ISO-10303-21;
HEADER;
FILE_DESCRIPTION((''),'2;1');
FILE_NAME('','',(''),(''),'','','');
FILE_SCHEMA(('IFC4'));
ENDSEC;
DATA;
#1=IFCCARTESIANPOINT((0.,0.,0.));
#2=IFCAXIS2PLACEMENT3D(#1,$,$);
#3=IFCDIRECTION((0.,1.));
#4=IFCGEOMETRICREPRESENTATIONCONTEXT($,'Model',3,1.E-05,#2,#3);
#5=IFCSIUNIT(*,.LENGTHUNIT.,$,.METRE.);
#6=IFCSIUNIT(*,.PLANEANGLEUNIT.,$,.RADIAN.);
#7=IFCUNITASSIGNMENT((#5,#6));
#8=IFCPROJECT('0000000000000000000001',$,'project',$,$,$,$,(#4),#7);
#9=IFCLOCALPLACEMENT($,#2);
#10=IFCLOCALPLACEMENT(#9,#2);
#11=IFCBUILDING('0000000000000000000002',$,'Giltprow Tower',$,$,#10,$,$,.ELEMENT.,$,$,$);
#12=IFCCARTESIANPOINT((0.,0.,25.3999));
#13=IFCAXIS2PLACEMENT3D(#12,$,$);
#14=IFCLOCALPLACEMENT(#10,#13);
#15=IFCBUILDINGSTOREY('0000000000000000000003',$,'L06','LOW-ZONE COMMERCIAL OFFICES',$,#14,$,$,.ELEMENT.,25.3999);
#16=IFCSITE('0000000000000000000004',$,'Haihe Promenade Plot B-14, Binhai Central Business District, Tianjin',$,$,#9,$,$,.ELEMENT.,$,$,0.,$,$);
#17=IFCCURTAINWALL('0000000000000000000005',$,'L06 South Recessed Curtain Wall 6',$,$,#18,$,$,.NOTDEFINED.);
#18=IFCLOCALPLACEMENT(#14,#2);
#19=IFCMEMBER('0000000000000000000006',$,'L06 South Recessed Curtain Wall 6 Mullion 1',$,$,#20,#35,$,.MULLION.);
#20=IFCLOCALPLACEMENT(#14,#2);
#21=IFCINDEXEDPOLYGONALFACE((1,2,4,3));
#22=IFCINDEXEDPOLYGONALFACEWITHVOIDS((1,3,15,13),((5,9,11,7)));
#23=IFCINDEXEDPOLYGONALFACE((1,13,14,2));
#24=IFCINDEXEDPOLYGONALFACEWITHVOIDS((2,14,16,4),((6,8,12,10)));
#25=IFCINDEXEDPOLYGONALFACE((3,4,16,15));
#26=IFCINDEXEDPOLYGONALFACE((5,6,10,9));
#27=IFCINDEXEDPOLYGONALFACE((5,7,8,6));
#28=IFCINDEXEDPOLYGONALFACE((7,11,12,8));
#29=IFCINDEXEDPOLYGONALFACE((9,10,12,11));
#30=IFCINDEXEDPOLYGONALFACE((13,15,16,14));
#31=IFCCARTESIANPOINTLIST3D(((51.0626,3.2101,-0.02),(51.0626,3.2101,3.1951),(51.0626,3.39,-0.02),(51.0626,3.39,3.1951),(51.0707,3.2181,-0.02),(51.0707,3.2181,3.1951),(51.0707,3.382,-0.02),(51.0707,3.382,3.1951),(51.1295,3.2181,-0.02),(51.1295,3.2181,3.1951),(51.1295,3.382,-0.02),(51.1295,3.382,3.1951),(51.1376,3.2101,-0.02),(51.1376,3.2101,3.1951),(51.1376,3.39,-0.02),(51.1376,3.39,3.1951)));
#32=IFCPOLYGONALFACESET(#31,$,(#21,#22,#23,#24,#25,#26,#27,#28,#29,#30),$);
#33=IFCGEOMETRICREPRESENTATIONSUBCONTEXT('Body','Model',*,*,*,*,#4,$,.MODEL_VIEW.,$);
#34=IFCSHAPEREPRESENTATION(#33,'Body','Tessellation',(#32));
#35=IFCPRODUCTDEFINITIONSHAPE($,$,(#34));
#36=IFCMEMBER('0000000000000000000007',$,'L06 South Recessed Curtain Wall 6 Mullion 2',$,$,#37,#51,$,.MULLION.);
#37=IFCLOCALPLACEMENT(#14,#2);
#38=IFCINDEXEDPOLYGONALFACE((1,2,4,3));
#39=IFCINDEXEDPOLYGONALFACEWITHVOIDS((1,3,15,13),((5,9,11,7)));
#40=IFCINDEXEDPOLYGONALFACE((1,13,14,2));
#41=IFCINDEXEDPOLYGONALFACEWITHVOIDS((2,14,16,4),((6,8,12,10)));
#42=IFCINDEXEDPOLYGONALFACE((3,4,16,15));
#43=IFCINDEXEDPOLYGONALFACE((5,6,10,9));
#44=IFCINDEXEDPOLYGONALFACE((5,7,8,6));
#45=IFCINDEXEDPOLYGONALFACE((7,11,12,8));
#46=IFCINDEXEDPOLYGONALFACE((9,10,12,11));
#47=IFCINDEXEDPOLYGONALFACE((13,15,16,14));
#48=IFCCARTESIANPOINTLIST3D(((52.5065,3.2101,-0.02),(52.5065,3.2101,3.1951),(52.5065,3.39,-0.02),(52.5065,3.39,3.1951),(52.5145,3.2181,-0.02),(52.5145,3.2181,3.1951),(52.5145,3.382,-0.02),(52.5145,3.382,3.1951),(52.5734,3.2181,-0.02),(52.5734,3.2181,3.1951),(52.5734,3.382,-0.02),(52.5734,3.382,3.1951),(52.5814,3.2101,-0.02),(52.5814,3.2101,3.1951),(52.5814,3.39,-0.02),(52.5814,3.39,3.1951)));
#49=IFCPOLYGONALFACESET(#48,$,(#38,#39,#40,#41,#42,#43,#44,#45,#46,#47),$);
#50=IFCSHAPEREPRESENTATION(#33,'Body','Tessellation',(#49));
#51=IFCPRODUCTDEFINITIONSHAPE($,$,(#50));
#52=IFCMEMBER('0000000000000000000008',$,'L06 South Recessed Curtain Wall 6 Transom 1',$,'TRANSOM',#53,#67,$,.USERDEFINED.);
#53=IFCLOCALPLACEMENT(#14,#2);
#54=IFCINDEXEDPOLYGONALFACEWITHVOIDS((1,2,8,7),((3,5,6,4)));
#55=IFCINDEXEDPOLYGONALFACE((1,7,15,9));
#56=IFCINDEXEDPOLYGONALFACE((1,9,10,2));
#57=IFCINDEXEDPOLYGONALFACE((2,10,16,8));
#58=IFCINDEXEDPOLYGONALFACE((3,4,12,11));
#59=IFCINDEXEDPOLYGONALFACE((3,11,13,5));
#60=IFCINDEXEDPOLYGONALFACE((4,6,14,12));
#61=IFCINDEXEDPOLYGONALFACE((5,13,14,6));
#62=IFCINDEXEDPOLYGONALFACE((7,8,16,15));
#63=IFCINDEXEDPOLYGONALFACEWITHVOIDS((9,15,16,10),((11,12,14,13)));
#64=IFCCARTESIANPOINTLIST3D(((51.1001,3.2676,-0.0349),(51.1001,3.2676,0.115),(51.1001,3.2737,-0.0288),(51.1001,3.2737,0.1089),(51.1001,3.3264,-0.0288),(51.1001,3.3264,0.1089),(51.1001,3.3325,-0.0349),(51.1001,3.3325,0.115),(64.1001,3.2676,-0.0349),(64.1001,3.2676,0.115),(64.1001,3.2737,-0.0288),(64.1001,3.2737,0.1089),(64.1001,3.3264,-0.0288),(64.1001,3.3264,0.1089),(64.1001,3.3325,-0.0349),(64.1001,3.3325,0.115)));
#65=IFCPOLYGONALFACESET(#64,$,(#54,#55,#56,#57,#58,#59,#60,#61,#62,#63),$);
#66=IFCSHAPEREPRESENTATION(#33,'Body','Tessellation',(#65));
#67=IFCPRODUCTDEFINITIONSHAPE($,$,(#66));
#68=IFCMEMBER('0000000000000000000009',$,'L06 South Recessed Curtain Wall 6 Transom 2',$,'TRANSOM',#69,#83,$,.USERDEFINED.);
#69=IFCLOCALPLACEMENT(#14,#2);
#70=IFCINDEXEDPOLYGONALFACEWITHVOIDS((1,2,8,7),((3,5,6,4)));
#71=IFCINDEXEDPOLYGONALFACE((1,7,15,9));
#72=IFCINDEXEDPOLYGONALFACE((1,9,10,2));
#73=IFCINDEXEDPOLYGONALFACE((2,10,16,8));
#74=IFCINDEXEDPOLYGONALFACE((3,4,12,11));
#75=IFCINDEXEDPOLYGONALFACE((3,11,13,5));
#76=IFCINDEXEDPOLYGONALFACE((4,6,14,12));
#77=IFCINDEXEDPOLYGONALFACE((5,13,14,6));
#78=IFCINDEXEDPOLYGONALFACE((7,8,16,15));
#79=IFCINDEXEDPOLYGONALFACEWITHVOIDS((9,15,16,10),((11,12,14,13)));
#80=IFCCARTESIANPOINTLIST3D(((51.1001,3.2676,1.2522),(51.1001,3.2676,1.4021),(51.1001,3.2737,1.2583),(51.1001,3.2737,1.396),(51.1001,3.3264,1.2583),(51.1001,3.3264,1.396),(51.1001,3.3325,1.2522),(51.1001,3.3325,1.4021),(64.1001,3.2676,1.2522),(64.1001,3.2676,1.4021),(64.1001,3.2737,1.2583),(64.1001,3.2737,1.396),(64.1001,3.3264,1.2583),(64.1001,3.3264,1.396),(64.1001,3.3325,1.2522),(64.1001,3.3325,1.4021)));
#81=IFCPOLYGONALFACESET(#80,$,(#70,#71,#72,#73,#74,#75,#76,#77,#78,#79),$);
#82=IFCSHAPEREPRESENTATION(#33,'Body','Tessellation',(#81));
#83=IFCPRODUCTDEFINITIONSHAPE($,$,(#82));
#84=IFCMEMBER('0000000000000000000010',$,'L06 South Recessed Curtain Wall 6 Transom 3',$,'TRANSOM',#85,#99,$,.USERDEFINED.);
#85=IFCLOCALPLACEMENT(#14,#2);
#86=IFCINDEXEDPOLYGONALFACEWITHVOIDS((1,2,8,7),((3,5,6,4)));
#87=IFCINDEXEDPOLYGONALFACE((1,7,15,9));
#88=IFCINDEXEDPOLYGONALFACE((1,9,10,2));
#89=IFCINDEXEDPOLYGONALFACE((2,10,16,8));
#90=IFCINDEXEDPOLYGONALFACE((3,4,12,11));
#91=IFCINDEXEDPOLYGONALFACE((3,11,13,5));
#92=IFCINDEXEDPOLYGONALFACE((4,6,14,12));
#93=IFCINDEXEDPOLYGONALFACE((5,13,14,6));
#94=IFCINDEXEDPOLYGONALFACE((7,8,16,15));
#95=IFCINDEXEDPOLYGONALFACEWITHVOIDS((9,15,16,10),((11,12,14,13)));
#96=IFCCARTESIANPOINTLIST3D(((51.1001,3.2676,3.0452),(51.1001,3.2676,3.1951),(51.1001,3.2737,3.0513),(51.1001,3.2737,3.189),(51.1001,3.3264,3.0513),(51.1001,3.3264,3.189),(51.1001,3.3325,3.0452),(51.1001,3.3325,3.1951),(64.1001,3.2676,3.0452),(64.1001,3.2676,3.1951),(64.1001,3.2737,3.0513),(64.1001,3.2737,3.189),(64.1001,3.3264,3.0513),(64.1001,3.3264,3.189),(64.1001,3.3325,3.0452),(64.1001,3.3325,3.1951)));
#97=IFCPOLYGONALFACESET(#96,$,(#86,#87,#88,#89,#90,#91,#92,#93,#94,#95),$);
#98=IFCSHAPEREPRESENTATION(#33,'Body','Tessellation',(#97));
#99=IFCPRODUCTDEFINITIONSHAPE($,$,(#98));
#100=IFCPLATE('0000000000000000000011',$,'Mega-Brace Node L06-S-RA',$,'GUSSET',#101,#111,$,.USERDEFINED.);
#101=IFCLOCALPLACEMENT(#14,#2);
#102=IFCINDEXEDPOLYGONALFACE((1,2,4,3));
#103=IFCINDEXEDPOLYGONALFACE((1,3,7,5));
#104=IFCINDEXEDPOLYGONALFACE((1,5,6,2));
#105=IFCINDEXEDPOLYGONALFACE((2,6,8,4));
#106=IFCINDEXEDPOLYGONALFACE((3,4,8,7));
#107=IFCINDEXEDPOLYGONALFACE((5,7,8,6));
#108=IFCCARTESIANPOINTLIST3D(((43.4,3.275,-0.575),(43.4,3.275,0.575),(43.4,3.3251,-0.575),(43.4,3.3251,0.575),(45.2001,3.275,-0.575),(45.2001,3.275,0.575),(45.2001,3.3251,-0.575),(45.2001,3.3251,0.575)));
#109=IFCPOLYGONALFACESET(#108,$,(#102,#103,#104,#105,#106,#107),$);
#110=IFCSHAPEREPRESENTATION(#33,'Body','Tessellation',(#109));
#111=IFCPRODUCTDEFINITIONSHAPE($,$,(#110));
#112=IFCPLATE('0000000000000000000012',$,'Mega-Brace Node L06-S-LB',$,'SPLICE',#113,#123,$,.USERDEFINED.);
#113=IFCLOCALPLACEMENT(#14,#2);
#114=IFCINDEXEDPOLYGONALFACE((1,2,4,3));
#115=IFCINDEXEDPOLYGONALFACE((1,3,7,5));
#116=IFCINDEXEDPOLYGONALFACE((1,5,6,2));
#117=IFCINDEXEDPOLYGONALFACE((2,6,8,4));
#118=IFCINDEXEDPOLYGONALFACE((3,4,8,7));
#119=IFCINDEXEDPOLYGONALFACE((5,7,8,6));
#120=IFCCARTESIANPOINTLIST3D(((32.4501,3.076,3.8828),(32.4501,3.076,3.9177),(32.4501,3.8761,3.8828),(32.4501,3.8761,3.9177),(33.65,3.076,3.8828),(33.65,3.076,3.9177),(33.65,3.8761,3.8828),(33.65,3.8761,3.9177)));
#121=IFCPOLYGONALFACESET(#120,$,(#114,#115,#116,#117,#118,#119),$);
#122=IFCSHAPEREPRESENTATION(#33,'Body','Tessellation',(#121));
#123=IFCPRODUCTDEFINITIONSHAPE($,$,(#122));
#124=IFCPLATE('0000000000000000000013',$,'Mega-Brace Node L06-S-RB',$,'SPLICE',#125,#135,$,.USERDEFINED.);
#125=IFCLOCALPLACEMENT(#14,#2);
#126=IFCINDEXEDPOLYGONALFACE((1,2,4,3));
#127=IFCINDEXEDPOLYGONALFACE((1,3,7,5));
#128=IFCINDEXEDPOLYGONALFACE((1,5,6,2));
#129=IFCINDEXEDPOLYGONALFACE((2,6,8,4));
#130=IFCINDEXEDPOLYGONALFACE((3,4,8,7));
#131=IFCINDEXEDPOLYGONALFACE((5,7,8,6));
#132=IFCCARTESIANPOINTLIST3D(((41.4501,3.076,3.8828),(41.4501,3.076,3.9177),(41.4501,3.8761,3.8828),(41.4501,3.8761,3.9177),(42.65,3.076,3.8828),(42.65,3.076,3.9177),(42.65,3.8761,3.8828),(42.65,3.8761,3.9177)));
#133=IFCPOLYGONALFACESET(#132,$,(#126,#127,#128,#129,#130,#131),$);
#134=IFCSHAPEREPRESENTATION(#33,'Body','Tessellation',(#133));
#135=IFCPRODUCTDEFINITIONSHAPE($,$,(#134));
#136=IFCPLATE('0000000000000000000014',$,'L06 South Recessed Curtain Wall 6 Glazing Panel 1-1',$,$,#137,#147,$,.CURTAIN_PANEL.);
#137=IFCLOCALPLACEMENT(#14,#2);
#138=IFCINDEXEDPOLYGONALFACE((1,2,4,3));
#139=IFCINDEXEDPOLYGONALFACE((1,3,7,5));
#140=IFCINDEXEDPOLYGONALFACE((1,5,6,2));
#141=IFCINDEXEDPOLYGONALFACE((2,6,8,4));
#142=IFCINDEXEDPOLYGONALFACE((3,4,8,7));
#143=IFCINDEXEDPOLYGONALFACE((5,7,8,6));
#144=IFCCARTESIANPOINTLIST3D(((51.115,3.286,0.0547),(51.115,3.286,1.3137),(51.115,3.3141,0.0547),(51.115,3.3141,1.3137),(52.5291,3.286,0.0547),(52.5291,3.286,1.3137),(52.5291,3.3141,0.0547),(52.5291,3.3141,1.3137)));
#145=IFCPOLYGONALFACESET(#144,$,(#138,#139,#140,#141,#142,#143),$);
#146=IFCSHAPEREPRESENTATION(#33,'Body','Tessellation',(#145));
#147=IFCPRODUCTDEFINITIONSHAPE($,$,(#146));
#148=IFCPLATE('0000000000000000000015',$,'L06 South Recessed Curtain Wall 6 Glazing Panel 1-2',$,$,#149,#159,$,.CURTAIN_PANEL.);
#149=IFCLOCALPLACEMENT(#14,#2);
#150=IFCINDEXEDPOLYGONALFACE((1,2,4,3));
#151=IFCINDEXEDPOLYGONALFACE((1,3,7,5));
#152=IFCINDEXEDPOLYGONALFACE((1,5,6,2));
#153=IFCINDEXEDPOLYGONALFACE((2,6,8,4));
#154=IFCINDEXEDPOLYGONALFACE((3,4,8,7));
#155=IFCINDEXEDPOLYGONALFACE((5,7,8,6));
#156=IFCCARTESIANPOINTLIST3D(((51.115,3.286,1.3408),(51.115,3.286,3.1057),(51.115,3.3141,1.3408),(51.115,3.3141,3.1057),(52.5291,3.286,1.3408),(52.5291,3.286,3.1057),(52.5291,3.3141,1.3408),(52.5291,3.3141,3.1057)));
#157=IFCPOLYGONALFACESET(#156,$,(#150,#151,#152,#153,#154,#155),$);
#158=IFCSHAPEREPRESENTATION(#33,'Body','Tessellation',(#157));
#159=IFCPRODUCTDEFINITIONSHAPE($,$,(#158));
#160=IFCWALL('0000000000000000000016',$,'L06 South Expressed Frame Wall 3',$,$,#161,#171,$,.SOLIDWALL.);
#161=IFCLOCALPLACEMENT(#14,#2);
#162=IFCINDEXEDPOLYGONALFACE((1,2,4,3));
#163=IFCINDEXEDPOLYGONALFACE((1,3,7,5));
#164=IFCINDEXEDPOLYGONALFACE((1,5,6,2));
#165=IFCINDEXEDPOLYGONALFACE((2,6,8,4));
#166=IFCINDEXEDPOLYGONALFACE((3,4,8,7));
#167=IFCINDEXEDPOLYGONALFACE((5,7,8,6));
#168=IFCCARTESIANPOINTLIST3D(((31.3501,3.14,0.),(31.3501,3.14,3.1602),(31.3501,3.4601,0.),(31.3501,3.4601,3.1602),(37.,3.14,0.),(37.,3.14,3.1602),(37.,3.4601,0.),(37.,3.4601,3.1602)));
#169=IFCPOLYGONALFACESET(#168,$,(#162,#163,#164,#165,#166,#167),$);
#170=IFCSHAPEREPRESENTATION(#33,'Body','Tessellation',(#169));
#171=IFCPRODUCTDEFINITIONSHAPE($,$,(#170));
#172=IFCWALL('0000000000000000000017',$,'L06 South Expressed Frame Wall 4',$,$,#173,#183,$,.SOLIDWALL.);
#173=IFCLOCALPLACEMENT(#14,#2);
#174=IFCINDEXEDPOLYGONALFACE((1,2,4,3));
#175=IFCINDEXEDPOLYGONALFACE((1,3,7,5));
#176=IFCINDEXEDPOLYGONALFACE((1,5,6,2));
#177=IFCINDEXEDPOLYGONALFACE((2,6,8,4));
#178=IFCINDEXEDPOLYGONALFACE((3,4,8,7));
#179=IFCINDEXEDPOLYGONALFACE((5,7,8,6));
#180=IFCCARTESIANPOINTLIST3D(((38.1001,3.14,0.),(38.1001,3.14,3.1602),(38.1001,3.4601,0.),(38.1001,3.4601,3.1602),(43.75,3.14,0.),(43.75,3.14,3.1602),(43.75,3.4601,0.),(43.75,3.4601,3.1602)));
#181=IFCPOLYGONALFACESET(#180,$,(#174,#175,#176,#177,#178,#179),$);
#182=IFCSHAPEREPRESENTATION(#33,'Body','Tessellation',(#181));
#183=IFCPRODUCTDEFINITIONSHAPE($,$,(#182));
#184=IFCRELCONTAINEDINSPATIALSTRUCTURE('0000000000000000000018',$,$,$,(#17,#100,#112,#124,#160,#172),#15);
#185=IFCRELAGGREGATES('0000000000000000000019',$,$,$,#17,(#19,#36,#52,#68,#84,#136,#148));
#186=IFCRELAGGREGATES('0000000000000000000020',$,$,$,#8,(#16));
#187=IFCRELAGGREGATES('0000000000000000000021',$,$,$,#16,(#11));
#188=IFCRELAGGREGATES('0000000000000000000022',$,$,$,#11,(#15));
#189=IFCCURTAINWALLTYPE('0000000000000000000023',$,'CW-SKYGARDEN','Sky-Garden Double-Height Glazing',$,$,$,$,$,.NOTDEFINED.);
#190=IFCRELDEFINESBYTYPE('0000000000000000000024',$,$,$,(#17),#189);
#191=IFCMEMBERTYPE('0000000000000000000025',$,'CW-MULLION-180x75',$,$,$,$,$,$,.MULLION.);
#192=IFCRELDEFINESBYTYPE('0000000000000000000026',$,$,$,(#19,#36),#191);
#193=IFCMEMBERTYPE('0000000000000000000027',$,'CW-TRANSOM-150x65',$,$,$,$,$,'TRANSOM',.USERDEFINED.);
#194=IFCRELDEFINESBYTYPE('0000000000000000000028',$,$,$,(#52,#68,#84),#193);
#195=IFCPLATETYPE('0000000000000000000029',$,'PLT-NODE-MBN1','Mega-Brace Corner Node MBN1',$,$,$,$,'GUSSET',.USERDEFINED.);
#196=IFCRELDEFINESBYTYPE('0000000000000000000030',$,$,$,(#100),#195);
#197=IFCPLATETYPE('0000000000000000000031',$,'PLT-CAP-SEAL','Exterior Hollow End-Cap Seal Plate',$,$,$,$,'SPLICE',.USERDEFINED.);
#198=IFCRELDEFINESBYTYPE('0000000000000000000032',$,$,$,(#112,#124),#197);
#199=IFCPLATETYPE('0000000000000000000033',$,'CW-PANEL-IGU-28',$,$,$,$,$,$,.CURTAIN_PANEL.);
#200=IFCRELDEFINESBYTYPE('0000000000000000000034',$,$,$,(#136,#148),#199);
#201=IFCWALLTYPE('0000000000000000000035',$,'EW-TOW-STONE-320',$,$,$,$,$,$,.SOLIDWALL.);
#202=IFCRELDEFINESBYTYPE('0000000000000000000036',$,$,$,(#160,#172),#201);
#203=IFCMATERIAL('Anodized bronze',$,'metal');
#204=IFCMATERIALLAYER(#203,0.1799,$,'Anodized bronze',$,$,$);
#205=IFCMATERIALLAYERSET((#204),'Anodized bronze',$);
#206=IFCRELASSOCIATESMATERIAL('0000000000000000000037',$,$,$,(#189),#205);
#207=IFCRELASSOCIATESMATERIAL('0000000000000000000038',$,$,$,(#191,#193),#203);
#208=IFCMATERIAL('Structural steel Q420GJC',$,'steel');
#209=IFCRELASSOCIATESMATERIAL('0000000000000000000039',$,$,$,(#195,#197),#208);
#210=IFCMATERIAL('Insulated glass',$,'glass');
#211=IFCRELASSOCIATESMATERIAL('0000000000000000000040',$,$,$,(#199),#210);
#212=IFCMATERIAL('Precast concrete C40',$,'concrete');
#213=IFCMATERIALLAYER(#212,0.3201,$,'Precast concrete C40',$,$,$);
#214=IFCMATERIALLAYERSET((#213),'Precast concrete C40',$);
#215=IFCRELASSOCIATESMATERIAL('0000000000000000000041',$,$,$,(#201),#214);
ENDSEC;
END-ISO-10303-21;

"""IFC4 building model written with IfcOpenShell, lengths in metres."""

from ifc_helpers import new_model, si_unit, direction, frame, frame_2d, origin, origin_2d, place, context, subcontext, project, spatial, rectangle, hollow_rectangle, extrude, source, transform, mapped, material, layer, layer_set, material_profile, profile_set, type_object, element, aggregate, save


model = new_model("IFC4")

# Units and contexts
model_context = context("Model", 3, precision=1e-05, world=origin(), true_north=direction((0.0, 1.0)))
body_context = subcontext(model_context, "Body", "Model", "MODEL_VIEW")
ifc_project = project(units=[si_unit("LENGTHUNIT", "METRE"), si_unit("PLANEANGLEUNIT", "RADIAN")], contexts=[model_context])

# Site, building, storey
site_placement = place(None, origin())
site = spatial("IfcSite", under=ifc_project, at=site_placement, Name="Haihe Promenade Plot B-14, Binhai Central Business District, Tianjin", CompositionType="ELEMENT", RefElevation=0.0)
building_placement = place(site_placement, origin())
building = spatial("IfcBuilding", under=site, at=building_placement, Name="Giltprow Tower", CompositionType="ELEMENT")
storey_placement = place(building_placement, frame((0.0, 0.0, 25.3999)))
storey = spatial("IfcBuildingStorey", under=building, at=storey_placement, Name="L06", Description="LOW-ZONE COMMERCIAL OFFICES", CompositionType="ELEMENT", Elevation=25.3999)

# Shared definitions
ifc_material_1 = material(Name="Structural steel Q420GJC", Category="steel")

# Curtain wall, members
ifc_material_2 = material(Name="Anodized bronze", Category="metal")
ifc_layer_1 = layer(ifc_material_2, 0.1799, Name="Anodized bronze")
ifc_layer_set_1 = layer_set([ifc_layer_1], Name="Anodized bronze")
curtain_wall_type = type_object("IfcCurtainWallType", Name="CW-SKYGARDEN", Description="Sky-Garden Double-Height Glazing", PredefinedType="NOTDEFINED", material=ifc_layer_set_1)
curtain_wall_placement = place(storey_placement, origin())
curtain_wall = element("IfcCurtainWall", 1, at=curtain_wall_placement, inside=storey, type_object=curtain_wall_type, Name="L06 South Recessed Curtain Wall 6", PredefinedType="NOTDEFINED")
ifc_material_profile_1 = material_profile(ifc_material_2, hollow_rectangle(XDim=0.075, YDim=0.1799, WallThickness=0.0081, at=origin_2d()), Name="RHS 180x75x8")
ifc_profile_set_1 = profile_set([ifc_material_profile_1], Name="Anodized bronze")
member_type_1 = type_object("IfcMemberType", Name="CW-MULLION-180x75", PredefinedType="MULLION", material=ifc_profile_set_1)
shared_shape_1 = source(origin(), body_context, "Body", "SweptSolid", [
    extrude(hollow_rectangle(XDim=0.075, YDim=0.1799, WallThickness=0.0081, at=origin_2d()), origin(), (0.0, 0.0, 1.0), 3.2151),
])
member_1_placement = place(storey_placement, frame((51.1001, 3.3, -0.02), z_axis=(0.0, 0.0, 1.0), x_axis=(1.0, 0.0, 0.0)))
member_1 = element("IfcMember", 2, at=member_1_placement, type_object=member_type_1, Name="L06 South Recessed Curtain Wall 6 Mullion 1", PredefinedType="MULLION", context=body_context, shape_type="MappedRepresentation", body=[
    mapped(shared_shape_1, transform((0.0, 0.0, 0.0), x_axis=(1.0, 0.0, 0.0), y_axis=(0.0, 1.0, 0.0), z_axis=(0.0, 0.0, 1.0), scale=1.0)),
])
member_2_placement = place(storey_placement, frame((52.5439, 3.3, -0.02), z_axis=(0.0, 0.0, 1.0), x_axis=(1.0, 0.0, 0.0)))
member_2 = element("IfcMember", 3, at=member_2_placement, type_object=member_type_1, Name="L06 South Recessed Curtain Wall 6 Mullion 2", PredefinedType="MULLION", context=body_context, shape_type="MappedRepresentation", body=[
    mapped(shared_shape_1, transform((0.0, 0.0, 0.0), x_axis=(1.0, 0.0, 0.0), y_axis=(0.0, 1.0, 0.0), z_axis=(0.0, 0.0, 1.0), scale=1.0)),
])
ifc_material_profile_2 = material_profile(ifc_material_2, hollow_rectangle(XDim=0.0649, YDim=0.1499, WallThickness=0.0061, at=origin_2d()), Name="RHS 150x65x6")
ifc_profile_set_2 = profile_set([ifc_material_profile_2], Name="Anodized bronze")
member_type_2 = type_object("IfcMemberType", Name="CW-TRANSOM-150x65", ElementType="TRANSOM", PredefinedType="USERDEFINED", material=ifc_profile_set_2)
shared_shape_2 = source(origin(), body_context, "Body", "SweptSolid", [
    extrude(hollow_rectangle(XDim=0.0649, YDim=0.1499, WallThickness=0.0061, at=origin_2d()), origin(), (0.0, 0.0, 1.0), 13.0),
])
member_3_placement = place(storey_placement, frame((51.1001, 3.3, 0.04), z_axis=(1.0, 0.0, 0.0), x_axis=(0.0, 1.0, 0.0)))
member_3 = element("IfcMember", 4, at=member_3_placement, type_object=member_type_2, Name="L06 South Recessed Curtain Wall 6 Transom 1", ObjectType="TRANSOM", PredefinedType="USERDEFINED", context=body_context, shape_type="MappedRepresentation", body=[
    mapped(shared_shape_2, transform((0.0, 0.0, 0.0), x_axis=(1.0, 0.0, 0.0), y_axis=(0.0, 1.0, 0.0), z_axis=(0.0, 0.0, 1.0), scale=1.0)),
])
member_4_placement = place(storey_placement, frame((51.1001, 3.3, 1.3271), z_axis=(1.0, 0.0, 0.0), x_axis=(0.0, 1.0, 0.0)))
member_4 = element("IfcMember", 5, at=member_4_placement, type_object=member_type_2, Name="L06 South Recessed Curtain Wall 6 Transom 2", ObjectType="TRANSOM", PredefinedType="USERDEFINED", context=body_context, shape_type="MappedRepresentation", body=[
    mapped(shared_shape_2, transform((0.0, 0.0, 0.0), x_axis=(1.0, 0.0, 0.0), y_axis=(0.0, 1.0, 0.0), z_axis=(0.0, 0.0, 1.0), scale=1.0)),
])
member_5_placement = place(storey_placement, frame((51.1001, 3.3, 3.1201), z_axis=(1.0, 0.0, 0.0), x_axis=(0.0, 1.0, 0.0)))
member_5 = element("IfcMember", 6, at=member_5_placement, type_object=member_type_2, Name="L06 South Recessed Curtain Wall 6 Transom 3", ObjectType="TRANSOM", PredefinedType="USERDEFINED", context=body_context, shape_type="MappedRepresentation", body=[
    mapped(shared_shape_2, transform((0.0, 0.0, 0.0), x_axis=(1.0, 0.0, 0.0), y_axis=(0.0, 1.0, 0.0), z_axis=(0.0, 0.0, 1.0), scale=1.0)),
])

# Plates
plate_type_1 = type_object("IfcPlateType", Name="PLT-NODE-MBN1", Description="Mega-Brace Corner Node MBN1", ElementType="GUSSET", PredefinedType="USERDEFINED", material=ifc_material_1)
shared_shape_3 = source(origin(), body_context, "Body", "SweptSolid", [
    extrude(rectangle(XDim=1.8, YDim=0.05, at=origin_2d()), origin(), (0.0, 0.0, 1.0), 1.1499),
])
plate_1_placement = place(storey_placement, frame((44.3, 3.3, -0.575), z_axis=(0.0, 0.0, 1.0), x_axis=(1.0, 0.0, 0.0)))
element("IfcPlate", 7, at=plate_1_placement, inside=storey, type_object=plate_type_1, Name="Mega-Brace Node L06-S-RA", ObjectType="GUSSET", PredefinedType="USERDEFINED", context=body_context, shape_type="MappedRepresentation", body=[
    mapped(shared_shape_3, transform((0.0, 0.0, 0.0), x_axis=(1.0, 0.0, 0.0), y_axis=(0.0, 1.0, 0.0), z_axis=(0.0, 0.0, 1.0), scale=1.0)),
])
plate_type_2 = type_object("IfcPlateType", Name="PLT-CAP-SEAL", Description="Exterior Hollow End-Cap Seal Plate", ElementType="SPLICE", PredefinedType="USERDEFINED", material=ifc_material_1)
shared_shape_4 = source(origin(), body_context, "Body", "SweptSolid", [
    extrude(rectangle(XDim=1.2, YDim=0.8, at=origin_2d()), origin(), (0.0, 0.0, 1.0), 0.0349),
])
for number, where, z_axis, x_axis, name in (
    (8, (33.05, 3.4761, 3.8828), (0.0, 0.0, 1.0), (1.0, 0.0, 0.0), "Mega-Brace Node L06-S-LB"),
    (9, (42.05, 3.4761, 3.8828), (0.0, 0.0, 1.0), (1.0, 0.0, 0.0), "Mega-Brace Node L06-S-RB"),
):
    element("IfcPlate", number, at=place(storey_placement, frame(where, z_axis=z_axis, x_axis=x_axis)), inside=storey, type_object=plate_type_2, Name=name, ObjectType="SPLICE", PredefinedType="USERDEFINED", context=body_context, shape_type="MappedRepresentation", body=[
        mapped(shared_shape_4, transform((0.0, 0.0, 0.0), x_axis=(1.0, 0.0, 0.0), y_axis=(0.0, 1.0, 0.0), z_axis=(0.0, 0.0, 1.0), scale=1.0)),
    ])

# Plates
ifc_material_3 = material(Name="Insulated glass", Category="glass")
plate_type_3 = type_object("IfcPlateType", Name="CW-PANEL-IGU-28", PredefinedType="CURTAIN_PANEL", material=ifc_material_3)
shared_shape_5 = source(origin(), body_context, "Body", "SweptSolid", [
    extrude(rectangle(XDim=1.4141, YDim=0.0281, at=origin_2d()), origin(), (0.0, 0.0, 1.0), 1.259),
])
plate_2_placement = place(storey_placement, frame((51.822, 3.3, 0.0547), z_axis=(0.0, 0.0, 1.0), x_axis=(1.0, 0.0, 0.0)))
plate_2 = element("IfcPlate", 10, at=plate_2_placement, type_object=plate_type_3, Name="L06 South Recessed Curtain Wall 6 Glazing Panel 1-1", PredefinedType="CURTAIN_PANEL", context=body_context, shape_type="MappedRepresentation", body=[
    mapped(shared_shape_5, transform((0.0, 0.0, 0.0), x_axis=(1.0, 0.0, 0.0), y_axis=(0.0, 1.0, 0.0), z_axis=(0.0, 0.0, 1.0), scale=1.0)),
])
shared_shape_6 = source(origin(), body_context, "Body", "SweptSolid", [
    extrude(rectangle(XDim=1.4141, YDim=0.0281, at=origin_2d()), origin(), (0.0, 0.0, 1.0), 1.7649),
])
plate_3_placement = place(storey_placement, frame((51.822, 3.3, 1.3408), z_axis=(0.0, 0.0, 1.0), x_axis=(1.0, 0.0, 0.0)))
plate_3 = element("IfcPlate", 11, at=plate_3_placement, type_object=plate_type_3, Name="L06 South Recessed Curtain Wall 6 Glazing Panel 1-2", PredefinedType="CURTAIN_PANEL", context=body_context, shape_type="MappedRepresentation", body=[
    mapped(shared_shape_6, transform((0.0, 0.0, 0.0), x_axis=(1.0, 0.0, 0.0), y_axis=(0.0, 1.0, 0.0), z_axis=(0.0, 0.0, 1.0), scale=1.0)),
])
aggregate(curtain_wall, [member_1, member_2, member_3, member_4, member_5, plate_2, plate_3])

# Walls
ifc_material_4 = material(Name="Precast concrete C40", Category="concrete")
ifc_layer_2 = layer(ifc_material_4, 0.3201, Name="Precast concrete C40")
ifc_layer_set_2 = layer_set([ifc_layer_2], Name="Precast concrete C40")
wall_type_1 = type_object("IfcWallType", Name="EW-TOW-STONE-320", PredefinedType="SOLIDWALL", material=ifc_layer_set_2)
for number, where, z_axis, x_axis, name in (
    (12, (31.3501, 3.3, 0.0), (0.0, 0.0, 1.0), (1.0, 0.0, 0.0), "L06 South Expressed Frame Wall 3"),
    (13, (38.1001, 3.3, 0.0), (0.0, 0.0, 1.0), (1.0, 0.0, 0.0), "L06 South Expressed Frame Wall 4"),
):
    element("IfcWall", number, at=place(storey_placement, frame(where, z_axis=z_axis, x_axis=x_axis)), inside=storey, type_object=wall_type_1, Name=name, PredefinedType="SOLIDWALL", context=body_context, shape_type="SweptSolid", body=[
        extrude(rectangle(XDim=5.6499, YDim=0.3201, at=frame_2d((2.825, 0.0))), origin(), (0.0, 0.0, 1.0), 3.1602),
    ])

save(model, "model.ifc")
